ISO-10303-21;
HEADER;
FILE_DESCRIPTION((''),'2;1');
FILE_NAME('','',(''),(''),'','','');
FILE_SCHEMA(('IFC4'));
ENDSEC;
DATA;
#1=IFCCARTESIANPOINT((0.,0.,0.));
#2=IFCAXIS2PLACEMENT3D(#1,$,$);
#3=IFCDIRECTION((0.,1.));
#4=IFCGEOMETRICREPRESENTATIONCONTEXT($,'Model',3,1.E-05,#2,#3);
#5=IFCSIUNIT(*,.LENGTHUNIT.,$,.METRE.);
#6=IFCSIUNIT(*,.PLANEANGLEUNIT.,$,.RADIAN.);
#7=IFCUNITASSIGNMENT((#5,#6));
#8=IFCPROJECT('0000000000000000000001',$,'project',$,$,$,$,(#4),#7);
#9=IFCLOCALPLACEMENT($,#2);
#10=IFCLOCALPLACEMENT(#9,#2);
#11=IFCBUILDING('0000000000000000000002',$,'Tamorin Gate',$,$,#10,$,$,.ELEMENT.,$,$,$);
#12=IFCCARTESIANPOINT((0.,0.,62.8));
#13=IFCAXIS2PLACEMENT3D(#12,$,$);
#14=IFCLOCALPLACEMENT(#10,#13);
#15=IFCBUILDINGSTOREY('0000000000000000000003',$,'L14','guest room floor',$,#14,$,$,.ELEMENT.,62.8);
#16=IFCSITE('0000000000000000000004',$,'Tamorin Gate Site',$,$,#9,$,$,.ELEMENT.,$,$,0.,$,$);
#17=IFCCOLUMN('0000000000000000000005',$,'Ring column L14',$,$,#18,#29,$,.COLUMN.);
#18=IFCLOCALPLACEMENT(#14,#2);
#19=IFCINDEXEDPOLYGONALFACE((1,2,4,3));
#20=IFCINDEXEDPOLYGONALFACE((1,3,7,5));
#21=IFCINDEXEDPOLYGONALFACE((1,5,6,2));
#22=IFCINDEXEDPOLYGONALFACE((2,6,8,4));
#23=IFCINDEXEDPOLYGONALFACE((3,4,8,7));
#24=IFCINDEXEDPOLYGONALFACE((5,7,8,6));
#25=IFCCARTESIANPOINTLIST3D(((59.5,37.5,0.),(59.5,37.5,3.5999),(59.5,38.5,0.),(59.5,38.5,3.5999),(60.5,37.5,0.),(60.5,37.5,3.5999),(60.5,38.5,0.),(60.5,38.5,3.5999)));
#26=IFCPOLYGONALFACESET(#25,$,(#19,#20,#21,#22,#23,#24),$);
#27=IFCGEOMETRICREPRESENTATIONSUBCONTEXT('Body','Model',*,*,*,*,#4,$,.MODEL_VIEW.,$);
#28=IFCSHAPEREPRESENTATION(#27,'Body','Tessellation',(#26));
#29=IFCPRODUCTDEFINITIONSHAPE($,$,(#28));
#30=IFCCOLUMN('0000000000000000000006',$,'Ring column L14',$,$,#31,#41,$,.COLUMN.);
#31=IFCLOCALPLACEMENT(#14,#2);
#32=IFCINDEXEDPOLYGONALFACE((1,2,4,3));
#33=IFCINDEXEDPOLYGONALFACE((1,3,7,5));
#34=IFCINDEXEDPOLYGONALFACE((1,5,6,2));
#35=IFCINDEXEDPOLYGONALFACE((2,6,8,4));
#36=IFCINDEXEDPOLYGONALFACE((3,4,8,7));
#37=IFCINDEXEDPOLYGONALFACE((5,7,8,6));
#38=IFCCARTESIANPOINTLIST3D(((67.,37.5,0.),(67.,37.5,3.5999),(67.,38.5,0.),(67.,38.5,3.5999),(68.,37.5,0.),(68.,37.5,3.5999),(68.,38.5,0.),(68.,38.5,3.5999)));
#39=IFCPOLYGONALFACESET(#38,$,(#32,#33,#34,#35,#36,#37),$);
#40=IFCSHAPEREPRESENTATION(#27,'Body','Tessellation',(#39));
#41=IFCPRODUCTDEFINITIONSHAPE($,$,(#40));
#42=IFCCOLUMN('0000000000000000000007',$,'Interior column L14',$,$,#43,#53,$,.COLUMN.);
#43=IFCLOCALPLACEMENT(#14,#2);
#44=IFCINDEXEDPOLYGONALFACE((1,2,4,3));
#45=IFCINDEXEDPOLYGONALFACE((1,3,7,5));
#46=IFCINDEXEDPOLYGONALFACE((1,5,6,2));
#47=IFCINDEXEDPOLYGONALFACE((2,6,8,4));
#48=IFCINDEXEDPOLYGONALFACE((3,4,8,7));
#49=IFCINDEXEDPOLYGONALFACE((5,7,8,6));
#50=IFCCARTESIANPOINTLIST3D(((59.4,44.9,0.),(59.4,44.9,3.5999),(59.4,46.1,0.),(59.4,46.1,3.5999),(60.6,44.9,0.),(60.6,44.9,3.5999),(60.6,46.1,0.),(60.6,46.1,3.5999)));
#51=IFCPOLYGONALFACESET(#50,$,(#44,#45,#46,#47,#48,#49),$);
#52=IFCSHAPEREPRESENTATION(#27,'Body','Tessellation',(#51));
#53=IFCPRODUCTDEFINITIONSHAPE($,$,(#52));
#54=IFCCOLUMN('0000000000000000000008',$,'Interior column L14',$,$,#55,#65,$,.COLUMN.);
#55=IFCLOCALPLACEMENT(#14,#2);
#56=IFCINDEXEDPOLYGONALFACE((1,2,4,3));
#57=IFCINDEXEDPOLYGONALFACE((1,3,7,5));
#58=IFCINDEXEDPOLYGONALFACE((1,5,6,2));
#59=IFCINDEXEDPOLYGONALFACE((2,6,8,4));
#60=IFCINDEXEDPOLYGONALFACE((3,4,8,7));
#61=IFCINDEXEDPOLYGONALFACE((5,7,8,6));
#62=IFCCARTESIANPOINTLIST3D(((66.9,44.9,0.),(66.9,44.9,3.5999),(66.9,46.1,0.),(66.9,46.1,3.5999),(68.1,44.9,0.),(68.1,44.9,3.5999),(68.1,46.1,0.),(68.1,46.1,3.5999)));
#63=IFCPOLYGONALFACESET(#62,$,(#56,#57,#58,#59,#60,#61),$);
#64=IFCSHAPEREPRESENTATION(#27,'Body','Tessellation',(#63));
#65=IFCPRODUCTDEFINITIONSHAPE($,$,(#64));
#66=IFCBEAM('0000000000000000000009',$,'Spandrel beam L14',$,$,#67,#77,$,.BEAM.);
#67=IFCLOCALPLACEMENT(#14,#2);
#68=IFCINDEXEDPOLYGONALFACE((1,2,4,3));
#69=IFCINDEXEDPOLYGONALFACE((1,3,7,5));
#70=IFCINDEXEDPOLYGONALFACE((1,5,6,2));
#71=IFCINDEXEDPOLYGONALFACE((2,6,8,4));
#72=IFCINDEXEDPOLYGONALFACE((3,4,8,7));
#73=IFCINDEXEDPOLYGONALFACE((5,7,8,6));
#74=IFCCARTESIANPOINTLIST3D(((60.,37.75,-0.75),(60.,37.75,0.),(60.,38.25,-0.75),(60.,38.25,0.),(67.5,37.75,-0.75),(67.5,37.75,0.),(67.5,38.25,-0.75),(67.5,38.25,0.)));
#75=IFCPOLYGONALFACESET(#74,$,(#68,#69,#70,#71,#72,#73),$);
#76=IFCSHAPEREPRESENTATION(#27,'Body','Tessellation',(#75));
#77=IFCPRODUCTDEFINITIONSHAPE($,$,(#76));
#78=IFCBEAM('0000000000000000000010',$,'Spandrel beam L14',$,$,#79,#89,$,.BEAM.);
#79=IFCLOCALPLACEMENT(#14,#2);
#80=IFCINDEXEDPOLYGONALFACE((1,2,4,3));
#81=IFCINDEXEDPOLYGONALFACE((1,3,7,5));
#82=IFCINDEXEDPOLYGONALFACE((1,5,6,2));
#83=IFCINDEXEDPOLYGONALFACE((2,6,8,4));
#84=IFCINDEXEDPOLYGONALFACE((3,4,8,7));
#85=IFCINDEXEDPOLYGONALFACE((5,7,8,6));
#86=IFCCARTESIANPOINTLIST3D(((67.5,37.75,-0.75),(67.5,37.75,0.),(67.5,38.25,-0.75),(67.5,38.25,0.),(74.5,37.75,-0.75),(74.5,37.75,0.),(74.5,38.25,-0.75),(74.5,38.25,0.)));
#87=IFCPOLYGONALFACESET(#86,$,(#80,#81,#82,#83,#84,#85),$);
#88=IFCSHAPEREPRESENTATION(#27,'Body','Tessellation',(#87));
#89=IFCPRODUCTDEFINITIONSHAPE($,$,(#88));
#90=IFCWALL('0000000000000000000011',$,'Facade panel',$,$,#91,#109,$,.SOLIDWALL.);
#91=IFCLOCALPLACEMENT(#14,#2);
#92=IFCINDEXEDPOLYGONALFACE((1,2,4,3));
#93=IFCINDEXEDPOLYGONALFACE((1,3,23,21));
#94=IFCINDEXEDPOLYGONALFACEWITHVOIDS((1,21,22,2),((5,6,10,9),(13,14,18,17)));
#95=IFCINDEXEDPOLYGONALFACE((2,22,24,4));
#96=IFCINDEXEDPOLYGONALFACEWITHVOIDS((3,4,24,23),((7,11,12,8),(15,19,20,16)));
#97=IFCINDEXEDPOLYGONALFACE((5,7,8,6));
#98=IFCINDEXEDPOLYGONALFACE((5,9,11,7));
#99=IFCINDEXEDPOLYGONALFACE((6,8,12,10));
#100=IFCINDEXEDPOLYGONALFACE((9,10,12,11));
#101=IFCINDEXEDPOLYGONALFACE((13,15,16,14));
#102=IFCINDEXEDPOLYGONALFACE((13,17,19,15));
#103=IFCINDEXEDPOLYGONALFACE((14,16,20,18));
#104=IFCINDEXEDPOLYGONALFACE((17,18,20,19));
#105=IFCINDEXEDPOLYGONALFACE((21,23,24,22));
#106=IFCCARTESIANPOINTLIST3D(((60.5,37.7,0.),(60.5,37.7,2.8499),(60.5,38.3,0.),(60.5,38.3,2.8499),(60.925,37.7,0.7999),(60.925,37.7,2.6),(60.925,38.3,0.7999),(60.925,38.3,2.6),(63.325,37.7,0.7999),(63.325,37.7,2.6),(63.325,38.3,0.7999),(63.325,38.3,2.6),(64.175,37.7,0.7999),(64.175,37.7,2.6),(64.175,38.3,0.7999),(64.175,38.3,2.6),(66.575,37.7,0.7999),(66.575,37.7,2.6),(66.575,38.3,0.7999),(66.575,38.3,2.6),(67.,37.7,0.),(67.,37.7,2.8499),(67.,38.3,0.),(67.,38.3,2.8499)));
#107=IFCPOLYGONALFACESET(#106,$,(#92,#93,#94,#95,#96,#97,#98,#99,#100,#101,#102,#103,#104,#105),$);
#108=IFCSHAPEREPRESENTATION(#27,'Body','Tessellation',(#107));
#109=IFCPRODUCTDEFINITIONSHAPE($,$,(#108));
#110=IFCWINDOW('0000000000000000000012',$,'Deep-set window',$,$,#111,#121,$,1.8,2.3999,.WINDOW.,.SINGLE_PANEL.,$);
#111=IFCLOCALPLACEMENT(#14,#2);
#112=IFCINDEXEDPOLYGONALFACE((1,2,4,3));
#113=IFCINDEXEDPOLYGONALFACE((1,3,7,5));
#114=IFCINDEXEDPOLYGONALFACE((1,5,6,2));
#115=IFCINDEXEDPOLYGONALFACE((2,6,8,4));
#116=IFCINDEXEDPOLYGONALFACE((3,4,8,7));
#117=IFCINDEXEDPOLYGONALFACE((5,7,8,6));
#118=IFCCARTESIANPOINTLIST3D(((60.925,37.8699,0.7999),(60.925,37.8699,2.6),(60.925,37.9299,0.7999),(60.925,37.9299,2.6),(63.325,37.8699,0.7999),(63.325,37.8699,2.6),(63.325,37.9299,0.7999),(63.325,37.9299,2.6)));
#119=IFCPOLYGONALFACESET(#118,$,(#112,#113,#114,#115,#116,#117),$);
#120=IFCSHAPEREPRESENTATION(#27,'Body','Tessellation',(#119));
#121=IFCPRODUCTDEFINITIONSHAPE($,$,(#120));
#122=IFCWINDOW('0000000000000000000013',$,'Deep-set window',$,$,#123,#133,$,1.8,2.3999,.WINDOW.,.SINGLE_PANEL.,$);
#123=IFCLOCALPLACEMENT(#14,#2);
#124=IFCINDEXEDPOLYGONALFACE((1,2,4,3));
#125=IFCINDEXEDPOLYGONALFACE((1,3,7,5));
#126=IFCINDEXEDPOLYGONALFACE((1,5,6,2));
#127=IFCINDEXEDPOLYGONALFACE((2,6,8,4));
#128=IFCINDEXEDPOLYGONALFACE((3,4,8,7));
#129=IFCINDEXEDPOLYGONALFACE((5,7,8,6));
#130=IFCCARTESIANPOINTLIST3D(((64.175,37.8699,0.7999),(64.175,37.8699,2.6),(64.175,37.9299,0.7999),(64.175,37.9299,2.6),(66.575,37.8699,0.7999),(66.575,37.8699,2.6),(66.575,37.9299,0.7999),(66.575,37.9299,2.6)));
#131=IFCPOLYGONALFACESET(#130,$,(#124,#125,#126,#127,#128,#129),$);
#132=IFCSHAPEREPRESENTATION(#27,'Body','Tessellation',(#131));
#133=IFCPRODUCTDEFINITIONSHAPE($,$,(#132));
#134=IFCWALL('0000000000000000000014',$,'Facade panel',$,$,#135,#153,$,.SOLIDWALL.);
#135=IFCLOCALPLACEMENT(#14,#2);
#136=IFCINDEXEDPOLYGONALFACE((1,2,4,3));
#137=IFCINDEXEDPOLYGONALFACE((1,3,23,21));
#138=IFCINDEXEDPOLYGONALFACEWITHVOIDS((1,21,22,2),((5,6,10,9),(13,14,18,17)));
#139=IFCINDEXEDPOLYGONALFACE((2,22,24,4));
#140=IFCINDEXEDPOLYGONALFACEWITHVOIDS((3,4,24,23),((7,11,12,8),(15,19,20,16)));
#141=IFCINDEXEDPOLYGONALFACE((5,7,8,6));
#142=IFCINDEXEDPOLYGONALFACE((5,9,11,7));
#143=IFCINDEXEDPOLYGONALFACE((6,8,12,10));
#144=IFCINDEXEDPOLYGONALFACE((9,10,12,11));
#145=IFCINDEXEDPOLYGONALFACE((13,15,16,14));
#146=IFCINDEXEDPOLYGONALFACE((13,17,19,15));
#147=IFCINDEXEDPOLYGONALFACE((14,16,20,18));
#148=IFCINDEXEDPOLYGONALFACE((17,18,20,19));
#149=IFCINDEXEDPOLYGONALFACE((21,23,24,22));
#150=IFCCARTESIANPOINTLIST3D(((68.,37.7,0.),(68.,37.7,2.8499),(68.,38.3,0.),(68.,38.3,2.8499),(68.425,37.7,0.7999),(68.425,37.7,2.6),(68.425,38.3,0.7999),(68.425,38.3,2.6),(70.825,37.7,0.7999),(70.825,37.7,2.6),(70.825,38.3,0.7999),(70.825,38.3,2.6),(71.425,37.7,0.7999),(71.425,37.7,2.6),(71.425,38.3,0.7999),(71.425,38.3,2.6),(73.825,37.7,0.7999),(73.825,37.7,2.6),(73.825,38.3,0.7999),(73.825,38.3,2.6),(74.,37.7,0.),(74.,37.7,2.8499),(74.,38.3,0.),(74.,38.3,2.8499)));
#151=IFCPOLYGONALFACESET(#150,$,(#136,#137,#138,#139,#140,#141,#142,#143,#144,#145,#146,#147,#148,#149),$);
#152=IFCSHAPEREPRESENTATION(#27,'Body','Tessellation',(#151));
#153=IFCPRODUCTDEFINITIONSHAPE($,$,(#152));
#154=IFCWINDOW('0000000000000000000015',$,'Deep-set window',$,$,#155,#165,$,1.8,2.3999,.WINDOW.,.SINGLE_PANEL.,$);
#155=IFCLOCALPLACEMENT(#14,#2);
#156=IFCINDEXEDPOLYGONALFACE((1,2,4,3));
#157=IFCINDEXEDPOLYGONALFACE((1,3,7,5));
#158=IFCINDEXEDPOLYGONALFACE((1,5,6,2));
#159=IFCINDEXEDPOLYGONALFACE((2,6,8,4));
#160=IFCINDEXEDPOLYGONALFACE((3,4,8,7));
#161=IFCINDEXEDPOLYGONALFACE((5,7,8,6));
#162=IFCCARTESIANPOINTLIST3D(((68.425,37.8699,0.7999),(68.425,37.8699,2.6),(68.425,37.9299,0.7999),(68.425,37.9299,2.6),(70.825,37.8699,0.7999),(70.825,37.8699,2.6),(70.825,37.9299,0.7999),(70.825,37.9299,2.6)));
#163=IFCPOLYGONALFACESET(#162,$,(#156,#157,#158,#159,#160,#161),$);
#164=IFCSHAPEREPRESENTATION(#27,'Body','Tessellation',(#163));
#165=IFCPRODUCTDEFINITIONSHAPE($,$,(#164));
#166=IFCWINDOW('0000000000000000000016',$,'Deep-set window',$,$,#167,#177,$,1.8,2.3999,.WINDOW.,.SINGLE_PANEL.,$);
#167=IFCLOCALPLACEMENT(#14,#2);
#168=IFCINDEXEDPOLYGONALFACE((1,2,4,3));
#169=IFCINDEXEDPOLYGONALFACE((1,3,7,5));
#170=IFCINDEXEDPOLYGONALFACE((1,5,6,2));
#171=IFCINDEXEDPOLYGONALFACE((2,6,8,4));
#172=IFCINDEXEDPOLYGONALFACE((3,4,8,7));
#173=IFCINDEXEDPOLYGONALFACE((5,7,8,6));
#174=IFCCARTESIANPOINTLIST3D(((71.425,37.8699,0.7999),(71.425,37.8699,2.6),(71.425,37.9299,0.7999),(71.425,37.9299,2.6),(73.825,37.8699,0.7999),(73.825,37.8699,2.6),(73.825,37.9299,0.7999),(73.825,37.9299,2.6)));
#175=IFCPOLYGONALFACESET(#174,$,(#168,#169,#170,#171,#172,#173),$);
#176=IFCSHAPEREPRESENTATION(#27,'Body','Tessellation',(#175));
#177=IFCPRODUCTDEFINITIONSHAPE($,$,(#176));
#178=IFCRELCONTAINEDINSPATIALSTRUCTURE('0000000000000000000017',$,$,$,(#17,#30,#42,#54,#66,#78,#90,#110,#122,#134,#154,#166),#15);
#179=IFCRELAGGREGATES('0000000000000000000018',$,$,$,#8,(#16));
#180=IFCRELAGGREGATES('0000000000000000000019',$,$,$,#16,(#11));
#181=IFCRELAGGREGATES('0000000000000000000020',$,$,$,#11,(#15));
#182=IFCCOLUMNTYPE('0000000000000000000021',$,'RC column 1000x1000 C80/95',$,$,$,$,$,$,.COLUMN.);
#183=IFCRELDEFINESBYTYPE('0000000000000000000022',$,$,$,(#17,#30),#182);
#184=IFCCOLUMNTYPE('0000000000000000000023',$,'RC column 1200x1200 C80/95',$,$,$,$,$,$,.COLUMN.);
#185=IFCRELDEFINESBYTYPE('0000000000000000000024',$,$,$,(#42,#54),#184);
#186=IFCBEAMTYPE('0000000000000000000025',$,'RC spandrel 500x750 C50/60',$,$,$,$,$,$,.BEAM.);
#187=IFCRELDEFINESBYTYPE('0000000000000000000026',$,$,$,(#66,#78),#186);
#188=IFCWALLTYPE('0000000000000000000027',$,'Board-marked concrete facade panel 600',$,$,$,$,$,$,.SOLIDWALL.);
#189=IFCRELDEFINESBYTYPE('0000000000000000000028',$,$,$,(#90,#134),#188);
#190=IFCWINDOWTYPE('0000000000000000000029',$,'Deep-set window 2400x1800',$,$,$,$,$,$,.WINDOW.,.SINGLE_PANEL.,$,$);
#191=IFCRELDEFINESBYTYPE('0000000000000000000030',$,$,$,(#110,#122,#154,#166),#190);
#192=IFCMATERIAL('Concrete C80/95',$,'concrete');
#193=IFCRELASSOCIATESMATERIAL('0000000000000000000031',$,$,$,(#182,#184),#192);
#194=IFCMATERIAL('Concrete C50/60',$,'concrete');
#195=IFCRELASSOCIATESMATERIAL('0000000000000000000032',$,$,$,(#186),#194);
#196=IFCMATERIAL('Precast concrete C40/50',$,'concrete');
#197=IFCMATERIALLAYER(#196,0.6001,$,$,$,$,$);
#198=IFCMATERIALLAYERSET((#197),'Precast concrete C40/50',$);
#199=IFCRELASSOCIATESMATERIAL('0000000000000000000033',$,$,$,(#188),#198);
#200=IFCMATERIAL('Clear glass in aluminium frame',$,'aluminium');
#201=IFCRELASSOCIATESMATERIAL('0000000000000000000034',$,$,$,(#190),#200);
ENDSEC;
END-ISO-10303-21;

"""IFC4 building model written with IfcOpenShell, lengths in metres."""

from ifc_helpers import new_model, si_unit, direction, frame, frame_2d, origin, origin_2d, place, context, subcontext, project, spatial, rectangle, extrude, material, layer, layer_set, material_profile, profile_set, type_object, element, fill, save


model = new_model("IFC4")

# Units and contexts
model_context = context("Model", 3, precision=1e-05, world=origin(), true_north=direction((0.0, 1.0)))
body_context = subcontext(model_context, "Body", "Model", "MODEL_VIEW")
ifc_project = project(units=[si_unit("LENGTHUNIT", "METRE"), si_unit("PLANEANGLEUNIT", "RADIAN")], contexts=[model_context])

# Site, building, storey
site_placement = place(None, origin())
site = spatial("IfcSite", under=ifc_project, at=site_placement, Name="Tamorin Gate Site", CompositionType="ELEMENT", RefElevation=0.0)
building_placement = place(site_placement, origin())
building = spatial("IfcBuilding", under=site, at=building_placement, Name="Tamorin Gate", CompositionType="ELEMENT")
storey_placement = place(building_placement, frame((0.0, 0.0, 62.8)))
storey = spatial("IfcBuildingStorey", under=building, at=storey_placement, Name="L14", Description="guest room floor", CompositionType="ELEMENT", Elevation=62.8)

# Columns
ifc_material_1 = material(Name="Concrete C80/95", Category="concrete")
ifc_material_profile_1 = material_profile(ifc_material_1, rectangle(XDim=1.0, YDim=1.0, at=origin_2d()), Name="RC 1000x1000")
ifc_profile_set_1 = profile_set([ifc_material_profile_1], Name="Concrete C80/95")
column_type_1 = type_object("IfcColumnType", Name="RC column 1000x1000 C80/95", PredefinedType="COLUMN", material=ifc_profile_set_1)
for number, where, z_axis, x_axis, name in (
    (1, (60.0, 38.0, 0.0), (0.0, 0.0, 1.0), (1.0, 0.0, 0.0), "Ring column L14"),
    (2, (67.5, 38.0, 0.0), (0.0, 0.0, 1.0), (1.0, 0.0, 0.0), "Ring column L14"),
):
    element("IfcColumn", number, at=place(storey_placement, frame(where, z_axis=z_axis, x_axis=x_axis)), inside=storey, type_object=column_type_1, Name=name, PredefinedType="COLUMN", context=body_context, shape_type="SweptSolid", body=[
        extrude(rectangle(XDim=1.0, YDim=1.0, at=origin_2d()), origin(), (0.0, 0.0, 1.0), 3.5999),
    ])
ifc_material_profile_2 = material_profile(ifc_material_1, rectangle(XDim=1.2, YDim=1.2, at=origin_2d()), Name="RC 1200x1200")
ifc_profile_set_2 = profile_set([ifc_material_profile_2], Name="Concrete C80/95")
column_type_2 = type_object("IfcColumnType", Name="RC column 1200x1200 C80/95", PredefinedType="COLUMN", material=ifc_profile_set_2)
for number, where, z_axis, x_axis, name in (
    (3, (60.0, 45.5, 0.0), (0.0, 0.0, 1.0), (1.0, 0.0, 0.0), "Interior column L14"),
    (4, (67.5, 45.5, 0.0), (0.0, 0.0, 1.0), (1.0, 0.0, 0.0), "Interior column L14"),
):
    element("IfcColumn", number, at=place(storey_placement, frame(where, z_axis=z_axis, x_axis=x_axis)), inside=storey, type_object=column_type_2, Name=name, PredefinedType="COLUMN", context=body_context, shape_type="SweptSolid", body=[
        extrude(rectangle(XDim=1.2, YDim=1.2, at=origin_2d()), origin(), (0.0, 0.0, 1.0), 3.5999),
    ])

# Beams
ifc_material_2 = material(Name="Concrete C50/60", Category="concrete")
ifc_material_profile_3 = material_profile(ifc_material_2, rectangle(XDim=0.5, YDim=0.75, at=origin_2d()), Name="RC 500x750")
ifc_profile_set_3 = profile_set([ifc_material_profile_3], Name="Concrete C50/60")
beam_type = type_object("IfcBeamType", Name="RC spandrel 500x750 C50/60", PredefinedType="BEAM", material=ifc_profile_set_3)
beam_1_placement = place(storey_placement, frame((60.0, 38.0, -0.375), z_axis=(1.0, 0.0, 0.0), x_axis=(0.0, 1.0, 0.0)))
element("IfcBeam", 5, at=beam_1_placement, inside=storey, type_object=beam_type, Name="Spandrel beam L14", PredefinedType="BEAM", context=body_context, shape_type="SweptSolid", body=[
    extrude(rectangle(XDim=0.5, YDim=0.75, at=origin_2d()), origin(), (0.0, 0.0, 1.0), 7.5),
])
beam_2_placement = place(storey_placement, frame((67.5, 38.0, -0.375), z_axis=(1.0, 0.0, 0.0), x_axis=(0.0, 1.0, 0.0)))
element("IfcBeam", 6, at=beam_2_placement, inside=storey, type_object=beam_type, Name="Spandrel beam L14", PredefinedType="BEAM", context=body_context, shape_type="SweptSolid", body=[
    extrude(rectangle(XDim=0.5, YDim=0.75, at=origin_2d()), origin(), (0.0, 0.0, 1.0), 7.0),
])

# Walls, openings, windows
ifc_material_3 = material(Name="Precast concrete C40/50", Category="concrete")
ifc_layer_1 = layer(ifc_material_3, 0.6001)
ifc_layer_set_1 = layer_set([ifc_layer_1], Name="Precast concrete C40/50")
wall_type_1 = type_object("IfcWallType", Name="Board-marked concrete facade panel 600", PredefinedType="SOLIDWALL", material=ifc_layer_set_1)
wall_1_placement = place(storey_placement, frame((60.5, 38.0, 0.0), z_axis=(0.0, 0.0, 1.0), x_axis=(1.0, 0.0, 0.0)))
wall_1 = element("IfcWall", 7, at=wall_1_placement, inside=storey, type_object=wall_type_1, Name="Facade panel", PredefinedType="SOLIDWALL", context=body_context, shape_type="SweptSolid", body=[
    extrude(rectangle(XDim=6.5, YDim=0.6001, at=frame_2d((3.25, 0.0))), origin(), (0.0, 0.0, 1.0), 2.8499),
])
opening_1_placement = place(wall_1_placement, frame((0.425, 0.0, 0.8)))
opening_1 = element("IfcOpeningElement", 8, at=opening_1_placement, cuts=wall_1, PredefinedType="OPENING", context=body_context, shape_type="SweptSolid", body=[
    extrude(rectangle(XDim=2.3999, YDim=1.8, at=frame_2d((1.2, 0.8999))), frame((0.0, 0.3101, 0.0), z_axis=(0.0, -1.0, 0.0), x_axis=(1.0, 0.0, 0.0)), (0.0, 0.0, 1.0), 0.6201),
])
opening_2_placement = place(wall_1_placement, frame((3.675, 0.0, 0.8)))
opening_2 = element("IfcOpeningElement", 9, at=opening_2_placement, cuts=wall_1, PredefinedType="OPENING", context=body_context, shape_type="SweptSolid", body=[
    extrude(rectangle(XDim=2.3999, YDim=1.8, at=frame_2d((1.2, 0.8999))), frame((0.0, 0.3101, 0.0), z_axis=(0.0, -1.0, 0.0), x_axis=(1.0, 0.0, 0.0)), (0.0, 0.0, 1.0), 0.6201),
])
ifc_material_4 = material(Name="Clear glass in aluminium frame", Category="aluminium")
window_type = type_object("IfcWindowType", Name="Deep-set window 2400x1800", PartitioningType="SINGLE_PANEL", PredefinedType="WINDOW", material=ifc_material_4)
window_1_placement = place(opening_1_placement, origin())
window_1 = element("IfcWindow", 10, at=window_1_placement, inside=storey, type_object=window_type, Name="Deep-set window", OverallHeight=1.8, OverallWidth=2.3999, PartitioningType="SINGLE_PANEL", PredefinedType="WINDOW", context=body_context, shape_type="SweptSolid", body=[
    extrude(rectangle(XDim=2.3999, YDim=1.8, at=frame_2d((1.2, 0.8999))), frame((0.0, -0.0701, 0.0), z_axis=(0.0, -1.0, 0.0), x_axis=(1.0, 0.0, 0.0)), (0.0, 0.0, 1.0), 0.0601),
])
fill(opening_1, window_1)
window_2_placement = place(opening_2_placement, origin())
window_2 = element("IfcWindow", 11, at=window_2_placement, inside=storey, type_object=window_type, Name="Deep-set window", OverallHeight=1.8, OverallWidth=2.3999, PartitioningType="SINGLE_PANEL", PredefinedType="WINDOW", context=body_context, shape_type="SweptSolid", body=[
    extrude(rectangle(XDim=2.3999, YDim=1.8, at=frame_2d((1.2, 0.8999))), frame((0.0, -0.0701, 0.0), z_axis=(0.0, -1.0, 0.0), x_axis=(1.0, 0.0, 0.0)), (0.0, 0.0, 1.0), 0.0601),
])
fill(opening_2, window_2)
wall_2_placement = place(storey_placement, frame((68.0, 38.0, 0.0), z_axis=(0.0, 0.0, 1.0), x_axis=(1.0, 0.0, 0.0)))
wall_2 = element("IfcWall", 12, at=wall_2_placement, inside=storey, type_object=wall_type_1, Name="Facade panel", PredefinedType="SOLIDWALL", context=body_context, shape_type="SweptSolid", body=[
    extrude(rectangle(XDim=6.0, YDim=0.6001, at=frame_2d((3.0, 0.0))), origin(), (0.0, 0.0, 1.0), 2.8499),
])
opening_3_placement = place(wall_2_placement, frame((0.425, 0.0, 0.8)))
opening_3 = element("IfcOpeningElement", 13, at=opening_3_placement, cuts=wall_2, PredefinedType="OPENING", context=body_context, shape_type="SweptSolid", body=[
    extrude(rectangle(XDim=2.3999, YDim=1.8, at=frame_2d((1.2, 0.8999))), frame((0.0, 0.3101, 0.0), z_axis=(0.0, -1.0, 0.0), x_axis=(1.0, 0.0, 0.0)), (0.0, 0.0, 1.0), 0.6201),
])
opening_4_placement = place(wall_2_placement, frame((3.425, 0.0, 0.8)))
opening_4 = element("IfcOpeningElement", 14, at=opening_4_placement, cuts=wall_2, PredefinedType="OPENING", context=body_context, shape_type="SweptSolid", body=[
    extrude(rectangle(XDim=2.3999, YDim=1.8, at=frame_2d((1.2, 0.8999))), frame((0.0, 0.3101, 0.0), z_axis=(0.0, -1.0, 0.0), x_axis=(1.0, 0.0, 0.0)), (0.0, 0.0, 1.0), 0.6201),
])
window_3_placement = place(opening_3_placement, origin())
window_3 = element("IfcWindow", 15, at=window_3_placement, inside=storey, type_object=window_type, Name="Deep-set window", OverallHeight=1.8, OverallWidth=2.3999, PartitioningType="SINGLE_PANEL", PredefinedType="WINDOW", context=body_context, shape_type="SweptSolid", body=[
    extrude(rectangle(XDim=2.3999, YDim=1.8, at=frame_2d((1.2, 0.8999))), frame((0.0, -0.0701, 0.0), z_axis=(0.0, -1.0, 0.0), x_axis=(1.0, 0.0, 0.0)), (0.0, 0.0, 1.0), 0.0601),
])
fill(opening_3, window_3)
window_4_placement = place(opening_4_placement, origin())
window_4 = element("IfcWindow", 16, at=window_4_placement, inside=storey, type_object=window_type, Name="Deep-set window", OverallHeight=1.8, OverallWidth=2.3999, PartitioningType="SINGLE_PANEL", PredefinedType="WINDOW", context=body_context, shape_type="SweptSolid", body=[
    extrude(rectangle(XDim=2.3999, YDim=1.8, at=frame_2d((1.2, 0.8999))), frame((0.0, -0.0701, 0.0), z_axis=(0.0, -1.0, 0.0), x_axis=(1.0, 0.0, 0.0)), (0.0, 0.0, 1.0), 0.0601),
])
fill(opening_4, window_4)

save(model, "model.ifc")
